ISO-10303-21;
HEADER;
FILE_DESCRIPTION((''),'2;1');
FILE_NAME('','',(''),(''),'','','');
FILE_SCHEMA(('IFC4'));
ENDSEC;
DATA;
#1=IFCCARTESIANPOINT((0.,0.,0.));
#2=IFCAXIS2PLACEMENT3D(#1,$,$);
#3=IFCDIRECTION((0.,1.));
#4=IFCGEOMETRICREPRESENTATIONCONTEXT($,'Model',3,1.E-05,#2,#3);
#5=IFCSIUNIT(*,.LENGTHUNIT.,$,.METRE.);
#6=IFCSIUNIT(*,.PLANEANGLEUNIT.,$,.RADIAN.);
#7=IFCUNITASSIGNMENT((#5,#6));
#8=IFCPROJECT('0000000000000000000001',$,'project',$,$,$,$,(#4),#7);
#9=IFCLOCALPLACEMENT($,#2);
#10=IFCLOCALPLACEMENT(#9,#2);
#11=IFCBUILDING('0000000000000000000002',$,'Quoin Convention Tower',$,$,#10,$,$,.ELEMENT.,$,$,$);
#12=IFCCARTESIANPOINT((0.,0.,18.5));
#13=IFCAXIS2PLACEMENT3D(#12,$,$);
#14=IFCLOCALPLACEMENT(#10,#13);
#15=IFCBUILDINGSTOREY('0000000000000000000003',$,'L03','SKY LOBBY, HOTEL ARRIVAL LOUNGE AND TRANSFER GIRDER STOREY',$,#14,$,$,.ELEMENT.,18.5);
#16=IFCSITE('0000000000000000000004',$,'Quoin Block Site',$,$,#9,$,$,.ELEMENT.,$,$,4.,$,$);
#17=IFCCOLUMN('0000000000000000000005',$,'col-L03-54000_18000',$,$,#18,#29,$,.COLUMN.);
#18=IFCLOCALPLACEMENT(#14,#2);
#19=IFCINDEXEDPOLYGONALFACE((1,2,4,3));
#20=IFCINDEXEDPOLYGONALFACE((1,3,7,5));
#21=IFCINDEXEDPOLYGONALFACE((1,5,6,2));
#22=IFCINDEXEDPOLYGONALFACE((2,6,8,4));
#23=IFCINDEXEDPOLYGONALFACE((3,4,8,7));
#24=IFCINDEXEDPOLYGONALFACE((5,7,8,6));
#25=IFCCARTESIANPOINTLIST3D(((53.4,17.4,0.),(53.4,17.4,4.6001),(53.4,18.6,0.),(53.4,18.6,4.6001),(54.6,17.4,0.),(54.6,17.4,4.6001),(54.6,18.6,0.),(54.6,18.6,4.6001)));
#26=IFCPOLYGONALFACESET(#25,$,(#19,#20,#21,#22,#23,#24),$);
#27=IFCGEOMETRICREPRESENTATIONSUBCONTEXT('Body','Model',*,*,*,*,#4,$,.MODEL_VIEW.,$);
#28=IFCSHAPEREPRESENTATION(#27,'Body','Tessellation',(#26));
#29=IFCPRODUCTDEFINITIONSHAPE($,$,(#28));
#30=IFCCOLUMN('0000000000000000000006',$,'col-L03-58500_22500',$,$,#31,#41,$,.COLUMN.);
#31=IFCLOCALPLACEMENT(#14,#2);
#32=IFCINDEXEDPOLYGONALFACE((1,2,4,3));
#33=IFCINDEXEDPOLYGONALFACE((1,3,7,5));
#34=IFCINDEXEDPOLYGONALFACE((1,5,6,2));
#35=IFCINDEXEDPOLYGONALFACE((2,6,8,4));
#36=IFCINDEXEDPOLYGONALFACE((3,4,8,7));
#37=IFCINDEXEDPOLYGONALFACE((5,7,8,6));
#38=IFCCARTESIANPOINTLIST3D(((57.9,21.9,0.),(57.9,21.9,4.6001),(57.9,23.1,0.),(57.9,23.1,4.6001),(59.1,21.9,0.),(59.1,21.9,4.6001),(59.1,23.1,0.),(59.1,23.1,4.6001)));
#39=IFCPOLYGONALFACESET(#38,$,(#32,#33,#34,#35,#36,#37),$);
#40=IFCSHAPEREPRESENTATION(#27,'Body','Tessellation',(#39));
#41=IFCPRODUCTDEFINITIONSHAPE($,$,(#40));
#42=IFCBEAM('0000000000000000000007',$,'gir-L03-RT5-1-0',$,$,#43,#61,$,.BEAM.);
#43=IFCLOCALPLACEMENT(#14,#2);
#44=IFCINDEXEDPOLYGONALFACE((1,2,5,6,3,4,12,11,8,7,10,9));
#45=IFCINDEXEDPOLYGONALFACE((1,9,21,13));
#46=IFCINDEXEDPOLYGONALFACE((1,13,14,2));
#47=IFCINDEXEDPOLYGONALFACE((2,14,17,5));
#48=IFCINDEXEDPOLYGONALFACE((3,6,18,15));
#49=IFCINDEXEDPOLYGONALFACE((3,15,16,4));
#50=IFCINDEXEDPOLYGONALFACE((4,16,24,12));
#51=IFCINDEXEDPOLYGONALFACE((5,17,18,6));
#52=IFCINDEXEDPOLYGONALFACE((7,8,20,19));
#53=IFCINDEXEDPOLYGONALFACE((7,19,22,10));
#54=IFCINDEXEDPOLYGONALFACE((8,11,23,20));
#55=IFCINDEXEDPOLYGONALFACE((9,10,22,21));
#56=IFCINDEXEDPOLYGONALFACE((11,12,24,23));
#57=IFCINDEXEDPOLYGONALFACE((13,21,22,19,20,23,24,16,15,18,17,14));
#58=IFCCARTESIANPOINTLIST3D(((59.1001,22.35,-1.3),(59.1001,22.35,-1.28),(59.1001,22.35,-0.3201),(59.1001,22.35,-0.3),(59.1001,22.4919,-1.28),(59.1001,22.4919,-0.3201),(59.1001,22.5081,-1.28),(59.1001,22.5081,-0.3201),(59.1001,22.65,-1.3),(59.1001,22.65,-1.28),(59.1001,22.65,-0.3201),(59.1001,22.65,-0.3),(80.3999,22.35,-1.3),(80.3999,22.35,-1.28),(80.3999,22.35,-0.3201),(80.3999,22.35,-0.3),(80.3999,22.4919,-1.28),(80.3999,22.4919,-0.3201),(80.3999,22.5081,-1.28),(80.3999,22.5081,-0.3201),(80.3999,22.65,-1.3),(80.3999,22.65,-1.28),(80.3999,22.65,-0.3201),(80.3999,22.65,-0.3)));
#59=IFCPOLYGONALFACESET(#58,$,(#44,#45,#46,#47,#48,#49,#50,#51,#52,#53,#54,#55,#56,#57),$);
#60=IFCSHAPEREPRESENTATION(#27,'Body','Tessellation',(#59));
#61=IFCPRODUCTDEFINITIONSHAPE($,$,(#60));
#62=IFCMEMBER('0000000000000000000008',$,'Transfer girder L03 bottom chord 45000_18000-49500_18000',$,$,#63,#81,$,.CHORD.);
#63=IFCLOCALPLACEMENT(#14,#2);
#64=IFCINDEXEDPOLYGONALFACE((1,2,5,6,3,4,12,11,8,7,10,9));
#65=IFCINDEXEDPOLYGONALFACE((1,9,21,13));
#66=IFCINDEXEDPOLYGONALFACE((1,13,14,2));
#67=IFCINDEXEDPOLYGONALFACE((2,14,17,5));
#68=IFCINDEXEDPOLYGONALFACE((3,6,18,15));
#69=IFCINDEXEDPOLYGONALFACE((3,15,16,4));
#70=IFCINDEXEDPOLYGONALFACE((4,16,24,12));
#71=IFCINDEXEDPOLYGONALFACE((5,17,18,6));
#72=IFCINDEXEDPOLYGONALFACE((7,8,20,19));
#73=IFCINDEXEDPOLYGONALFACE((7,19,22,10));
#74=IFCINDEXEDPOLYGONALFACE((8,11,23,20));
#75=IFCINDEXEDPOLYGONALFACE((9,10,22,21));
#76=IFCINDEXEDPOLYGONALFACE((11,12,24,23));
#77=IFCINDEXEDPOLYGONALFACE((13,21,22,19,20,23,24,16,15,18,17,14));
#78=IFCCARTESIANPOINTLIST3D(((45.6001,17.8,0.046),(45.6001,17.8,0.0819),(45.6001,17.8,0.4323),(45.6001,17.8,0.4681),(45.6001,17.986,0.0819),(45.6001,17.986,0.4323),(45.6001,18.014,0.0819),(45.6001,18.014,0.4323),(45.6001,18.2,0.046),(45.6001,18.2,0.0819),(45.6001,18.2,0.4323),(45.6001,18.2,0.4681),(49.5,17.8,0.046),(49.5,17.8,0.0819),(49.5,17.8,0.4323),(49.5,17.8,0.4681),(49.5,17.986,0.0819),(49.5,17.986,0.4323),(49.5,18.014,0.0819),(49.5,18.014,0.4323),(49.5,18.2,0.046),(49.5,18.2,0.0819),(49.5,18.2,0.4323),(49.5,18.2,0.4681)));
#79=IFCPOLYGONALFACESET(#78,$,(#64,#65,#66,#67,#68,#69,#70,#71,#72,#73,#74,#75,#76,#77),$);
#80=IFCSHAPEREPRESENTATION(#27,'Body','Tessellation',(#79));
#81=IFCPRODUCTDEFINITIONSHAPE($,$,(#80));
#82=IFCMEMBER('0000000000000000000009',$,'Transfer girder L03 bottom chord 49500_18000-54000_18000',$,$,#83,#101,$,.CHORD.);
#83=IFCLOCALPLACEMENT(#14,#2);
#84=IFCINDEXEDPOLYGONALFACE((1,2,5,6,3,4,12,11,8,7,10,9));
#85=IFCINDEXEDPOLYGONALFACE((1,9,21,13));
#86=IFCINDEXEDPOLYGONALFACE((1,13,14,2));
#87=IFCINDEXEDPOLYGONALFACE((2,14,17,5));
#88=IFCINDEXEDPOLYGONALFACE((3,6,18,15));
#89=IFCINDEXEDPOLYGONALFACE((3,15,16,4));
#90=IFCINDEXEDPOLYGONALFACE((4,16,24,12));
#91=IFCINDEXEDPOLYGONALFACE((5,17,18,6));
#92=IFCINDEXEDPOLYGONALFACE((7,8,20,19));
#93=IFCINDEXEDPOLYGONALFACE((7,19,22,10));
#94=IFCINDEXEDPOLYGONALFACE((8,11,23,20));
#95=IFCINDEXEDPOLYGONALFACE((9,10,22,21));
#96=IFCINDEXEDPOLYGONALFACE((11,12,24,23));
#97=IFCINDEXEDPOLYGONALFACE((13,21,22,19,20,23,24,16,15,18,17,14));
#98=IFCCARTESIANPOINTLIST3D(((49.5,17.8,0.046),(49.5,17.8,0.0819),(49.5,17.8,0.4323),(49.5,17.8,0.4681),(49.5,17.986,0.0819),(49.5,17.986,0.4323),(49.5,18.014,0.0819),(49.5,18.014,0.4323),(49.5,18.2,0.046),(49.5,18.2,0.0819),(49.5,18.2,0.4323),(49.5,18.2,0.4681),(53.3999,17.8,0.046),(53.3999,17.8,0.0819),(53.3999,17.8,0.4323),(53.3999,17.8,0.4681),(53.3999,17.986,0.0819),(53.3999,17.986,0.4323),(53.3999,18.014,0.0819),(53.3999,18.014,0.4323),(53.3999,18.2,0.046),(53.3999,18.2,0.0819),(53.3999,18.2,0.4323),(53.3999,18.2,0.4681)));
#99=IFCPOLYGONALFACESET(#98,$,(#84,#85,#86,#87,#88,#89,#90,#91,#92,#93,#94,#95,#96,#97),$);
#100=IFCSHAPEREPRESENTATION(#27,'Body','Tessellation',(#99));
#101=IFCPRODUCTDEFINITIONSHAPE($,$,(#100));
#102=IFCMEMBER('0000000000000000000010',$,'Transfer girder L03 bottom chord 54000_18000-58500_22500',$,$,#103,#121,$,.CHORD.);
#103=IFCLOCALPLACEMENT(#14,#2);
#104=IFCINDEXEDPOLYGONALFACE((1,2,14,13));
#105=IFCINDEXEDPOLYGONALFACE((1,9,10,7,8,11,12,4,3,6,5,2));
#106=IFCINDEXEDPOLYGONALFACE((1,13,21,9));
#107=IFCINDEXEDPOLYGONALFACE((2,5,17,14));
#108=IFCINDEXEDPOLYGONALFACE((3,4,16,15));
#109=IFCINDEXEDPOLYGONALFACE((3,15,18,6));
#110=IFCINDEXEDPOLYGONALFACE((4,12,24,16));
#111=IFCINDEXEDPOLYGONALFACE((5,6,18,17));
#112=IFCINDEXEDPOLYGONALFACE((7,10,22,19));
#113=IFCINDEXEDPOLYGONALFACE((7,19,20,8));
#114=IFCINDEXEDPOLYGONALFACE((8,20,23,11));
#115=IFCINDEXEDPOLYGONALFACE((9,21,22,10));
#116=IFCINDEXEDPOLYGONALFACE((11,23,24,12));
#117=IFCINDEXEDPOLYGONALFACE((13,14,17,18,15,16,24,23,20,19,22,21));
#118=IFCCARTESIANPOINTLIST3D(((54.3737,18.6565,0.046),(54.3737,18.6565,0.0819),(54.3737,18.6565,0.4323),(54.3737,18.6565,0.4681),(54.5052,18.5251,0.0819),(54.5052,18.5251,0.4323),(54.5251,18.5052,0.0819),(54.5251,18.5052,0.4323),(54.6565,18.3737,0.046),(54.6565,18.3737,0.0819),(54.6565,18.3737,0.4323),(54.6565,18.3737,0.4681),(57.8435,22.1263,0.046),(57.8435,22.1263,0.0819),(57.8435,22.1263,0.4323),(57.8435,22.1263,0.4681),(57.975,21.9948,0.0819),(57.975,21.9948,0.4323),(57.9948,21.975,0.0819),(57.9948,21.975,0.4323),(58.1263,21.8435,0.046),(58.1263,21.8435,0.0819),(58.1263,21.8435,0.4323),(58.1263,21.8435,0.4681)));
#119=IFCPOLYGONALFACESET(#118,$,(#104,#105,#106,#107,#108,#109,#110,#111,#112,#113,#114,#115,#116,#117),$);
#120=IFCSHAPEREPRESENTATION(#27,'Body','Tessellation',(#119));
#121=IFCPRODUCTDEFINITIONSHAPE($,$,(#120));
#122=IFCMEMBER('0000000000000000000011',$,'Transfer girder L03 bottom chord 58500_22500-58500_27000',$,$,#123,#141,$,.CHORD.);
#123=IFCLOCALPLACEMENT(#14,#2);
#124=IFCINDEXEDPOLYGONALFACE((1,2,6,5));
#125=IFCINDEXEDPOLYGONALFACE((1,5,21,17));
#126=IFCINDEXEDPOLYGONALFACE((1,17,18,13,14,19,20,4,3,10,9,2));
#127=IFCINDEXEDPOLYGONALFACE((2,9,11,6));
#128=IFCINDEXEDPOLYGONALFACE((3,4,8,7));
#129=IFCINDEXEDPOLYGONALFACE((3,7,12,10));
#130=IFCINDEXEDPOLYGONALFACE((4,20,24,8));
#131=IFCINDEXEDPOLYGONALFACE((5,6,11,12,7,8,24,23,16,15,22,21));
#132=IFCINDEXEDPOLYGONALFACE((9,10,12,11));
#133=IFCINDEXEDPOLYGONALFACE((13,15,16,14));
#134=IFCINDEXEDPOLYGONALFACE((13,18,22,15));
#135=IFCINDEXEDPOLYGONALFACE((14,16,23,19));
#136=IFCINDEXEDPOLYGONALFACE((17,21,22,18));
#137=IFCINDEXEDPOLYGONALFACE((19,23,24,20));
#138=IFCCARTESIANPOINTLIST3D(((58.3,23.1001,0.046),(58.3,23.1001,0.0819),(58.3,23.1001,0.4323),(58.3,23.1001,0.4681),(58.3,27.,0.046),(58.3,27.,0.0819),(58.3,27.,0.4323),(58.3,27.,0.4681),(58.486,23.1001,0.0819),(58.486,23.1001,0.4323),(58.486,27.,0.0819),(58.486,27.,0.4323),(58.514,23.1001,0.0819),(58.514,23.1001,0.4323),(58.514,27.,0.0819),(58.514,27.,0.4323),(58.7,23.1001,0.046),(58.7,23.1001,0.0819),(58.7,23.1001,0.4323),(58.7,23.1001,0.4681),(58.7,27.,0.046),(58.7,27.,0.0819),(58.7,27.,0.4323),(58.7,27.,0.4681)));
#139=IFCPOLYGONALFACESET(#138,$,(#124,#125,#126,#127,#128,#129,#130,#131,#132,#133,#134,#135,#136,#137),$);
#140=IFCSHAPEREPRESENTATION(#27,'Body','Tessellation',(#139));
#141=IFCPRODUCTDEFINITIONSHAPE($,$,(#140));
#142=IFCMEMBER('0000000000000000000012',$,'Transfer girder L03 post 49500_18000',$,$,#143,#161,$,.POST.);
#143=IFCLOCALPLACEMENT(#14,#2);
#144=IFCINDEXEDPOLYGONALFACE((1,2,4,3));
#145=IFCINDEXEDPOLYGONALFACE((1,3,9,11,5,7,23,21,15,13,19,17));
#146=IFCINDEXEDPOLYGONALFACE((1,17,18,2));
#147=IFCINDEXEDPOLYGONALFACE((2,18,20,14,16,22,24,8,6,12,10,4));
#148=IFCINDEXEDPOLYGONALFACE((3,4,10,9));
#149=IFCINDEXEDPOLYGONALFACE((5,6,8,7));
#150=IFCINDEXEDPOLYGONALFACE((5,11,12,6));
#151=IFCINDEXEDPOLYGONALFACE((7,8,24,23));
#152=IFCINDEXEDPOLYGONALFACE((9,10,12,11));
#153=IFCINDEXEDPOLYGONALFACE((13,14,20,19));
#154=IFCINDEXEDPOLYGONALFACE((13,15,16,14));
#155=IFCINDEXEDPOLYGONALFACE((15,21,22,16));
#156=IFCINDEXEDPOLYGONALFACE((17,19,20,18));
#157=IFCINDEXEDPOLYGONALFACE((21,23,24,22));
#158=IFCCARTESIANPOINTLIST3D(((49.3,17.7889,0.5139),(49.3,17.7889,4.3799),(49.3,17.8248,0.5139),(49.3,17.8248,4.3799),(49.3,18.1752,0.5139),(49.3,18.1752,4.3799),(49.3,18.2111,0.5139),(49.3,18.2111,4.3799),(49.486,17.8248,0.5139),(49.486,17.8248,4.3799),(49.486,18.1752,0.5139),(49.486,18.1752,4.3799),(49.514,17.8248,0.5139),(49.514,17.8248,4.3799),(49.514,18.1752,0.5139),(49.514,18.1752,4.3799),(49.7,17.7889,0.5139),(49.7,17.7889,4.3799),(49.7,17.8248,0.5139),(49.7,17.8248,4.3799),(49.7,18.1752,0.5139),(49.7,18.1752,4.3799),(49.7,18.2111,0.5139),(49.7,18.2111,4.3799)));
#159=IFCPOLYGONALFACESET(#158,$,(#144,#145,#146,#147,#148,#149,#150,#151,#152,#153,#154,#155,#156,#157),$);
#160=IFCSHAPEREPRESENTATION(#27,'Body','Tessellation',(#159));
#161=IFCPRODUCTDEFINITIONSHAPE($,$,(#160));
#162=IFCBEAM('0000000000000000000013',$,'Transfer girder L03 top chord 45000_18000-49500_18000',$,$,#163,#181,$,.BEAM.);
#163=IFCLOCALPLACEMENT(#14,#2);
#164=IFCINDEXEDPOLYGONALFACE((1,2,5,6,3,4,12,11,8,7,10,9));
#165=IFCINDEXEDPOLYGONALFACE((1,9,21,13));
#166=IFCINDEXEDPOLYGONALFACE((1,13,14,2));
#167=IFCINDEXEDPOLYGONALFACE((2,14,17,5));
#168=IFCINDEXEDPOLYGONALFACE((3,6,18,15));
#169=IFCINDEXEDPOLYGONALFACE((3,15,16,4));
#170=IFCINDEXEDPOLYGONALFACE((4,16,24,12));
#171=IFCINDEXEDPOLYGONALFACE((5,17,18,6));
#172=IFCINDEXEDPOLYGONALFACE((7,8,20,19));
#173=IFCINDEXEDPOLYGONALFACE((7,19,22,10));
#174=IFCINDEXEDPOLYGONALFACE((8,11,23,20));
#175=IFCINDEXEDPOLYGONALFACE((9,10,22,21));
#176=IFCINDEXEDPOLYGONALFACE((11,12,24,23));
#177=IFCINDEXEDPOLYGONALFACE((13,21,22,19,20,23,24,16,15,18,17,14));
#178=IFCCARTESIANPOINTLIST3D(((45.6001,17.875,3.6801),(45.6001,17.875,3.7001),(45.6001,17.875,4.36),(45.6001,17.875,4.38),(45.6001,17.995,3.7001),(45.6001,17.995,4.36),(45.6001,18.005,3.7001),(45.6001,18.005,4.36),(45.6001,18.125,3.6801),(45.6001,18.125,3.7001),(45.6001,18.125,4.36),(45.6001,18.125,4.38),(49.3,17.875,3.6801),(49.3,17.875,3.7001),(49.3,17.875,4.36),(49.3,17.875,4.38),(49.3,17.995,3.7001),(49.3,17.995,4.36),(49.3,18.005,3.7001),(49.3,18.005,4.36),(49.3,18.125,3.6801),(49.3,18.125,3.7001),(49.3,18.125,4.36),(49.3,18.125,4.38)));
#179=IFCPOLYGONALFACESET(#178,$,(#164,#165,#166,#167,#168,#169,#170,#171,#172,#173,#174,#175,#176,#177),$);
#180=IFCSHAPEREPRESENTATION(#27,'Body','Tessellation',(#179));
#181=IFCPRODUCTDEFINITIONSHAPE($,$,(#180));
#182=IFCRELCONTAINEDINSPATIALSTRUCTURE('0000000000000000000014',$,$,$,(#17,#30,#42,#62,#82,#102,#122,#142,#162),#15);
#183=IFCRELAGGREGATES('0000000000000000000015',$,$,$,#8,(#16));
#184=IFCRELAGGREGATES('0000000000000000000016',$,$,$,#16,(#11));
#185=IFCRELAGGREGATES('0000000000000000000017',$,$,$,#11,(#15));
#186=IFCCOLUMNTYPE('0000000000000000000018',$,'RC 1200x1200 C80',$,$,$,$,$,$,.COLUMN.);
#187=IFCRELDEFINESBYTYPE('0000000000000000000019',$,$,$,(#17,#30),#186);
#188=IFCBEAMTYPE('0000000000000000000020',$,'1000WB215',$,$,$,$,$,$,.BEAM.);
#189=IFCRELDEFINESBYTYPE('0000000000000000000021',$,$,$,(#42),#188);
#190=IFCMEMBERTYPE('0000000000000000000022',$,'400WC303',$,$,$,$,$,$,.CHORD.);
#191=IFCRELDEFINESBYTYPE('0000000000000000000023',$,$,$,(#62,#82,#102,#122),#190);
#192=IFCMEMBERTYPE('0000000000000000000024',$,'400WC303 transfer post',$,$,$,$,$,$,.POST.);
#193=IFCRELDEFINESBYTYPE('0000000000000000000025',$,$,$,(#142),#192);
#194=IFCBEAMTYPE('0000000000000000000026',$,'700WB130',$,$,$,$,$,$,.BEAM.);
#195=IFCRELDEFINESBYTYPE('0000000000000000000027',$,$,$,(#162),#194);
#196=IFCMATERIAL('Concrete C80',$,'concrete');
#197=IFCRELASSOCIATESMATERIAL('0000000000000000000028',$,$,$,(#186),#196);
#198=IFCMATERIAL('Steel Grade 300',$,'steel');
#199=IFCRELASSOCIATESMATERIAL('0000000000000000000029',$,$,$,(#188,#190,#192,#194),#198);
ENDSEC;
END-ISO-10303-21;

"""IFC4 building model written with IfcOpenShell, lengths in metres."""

from ifc_helpers import new_model, si_unit, direction, frame, origin, origin_2d, place, context, subcontext, project, spatial, rectangle, i_section, extrude, material, material_profile, profile_set, type_object, element, save


model = new_model("IFC4")

# Units and contexts
model_context = context("Model", 3, precision=1e-05, world=origin(), true_north=direction((0.0, 1.0)))
body_context = subcontext(model_context, "Body", "Model", "MODEL_VIEW")
ifc_project = project(units=[si_unit("LENGTHUNIT", "METRE"), si_unit("PLANEANGLEUNIT", "RADIAN")], contexts=[model_context])

# Site, building, storey
site_placement = place(None, origin())
site = spatial("IfcSite", under=ifc_project, at=site_placement, Name="Quoin Block Site", CompositionType="ELEMENT", RefElevation=4.0)
building_placement = place(site_placement, origin())
building = spatial("IfcBuilding", under=site, at=building_placement, Name="Quoin Convention Tower", CompositionType="ELEMENT")
storey_placement = place(building_placement, frame((0.0, 0.0, 18.5)))
storey = spatial("IfcBuildingStorey", under=building, at=storey_placement, Name="L03", Description="SKY LOBBY, HOTEL ARRIVAL LOUNGE AND TRANSFER GIRDER STOREY", CompositionType="ELEMENT", Elevation=18.5)

# Columns
ifc_material_1 = material(Name="Concrete C80", Category="concrete")
ifc_material_profile_1 = material_profile(ifc_material_1, rectangle(XDim=1.2, YDim=1.2, at=origin_2d()), Name="RC 1200x1200")
ifc_profile_set_1 = profile_set([ifc_material_profile_1], Name="Concrete C80")
column_type = type_object("IfcColumnType", Name="RC 1200x1200 C80", PredefinedType="COLUMN", material=ifc_profile_set_1)
for number, where, z_axis, x_axis, name in (
    (1, (54.0, 18.0, 0.0), (0.0, 0.0, 1.0), (1.0, 0.0, 0.0), "col-L03-54000_18000"),
    (2, (58.5, 22.5, 0.0), (0.0, 0.0, 1.0), (1.0, 0.0, 0.0), "col-L03-58500_22500"),
):
    element("IfcColumn", number, at=place(storey_placement, frame(where, z_axis=z_axis, x_axis=x_axis)), inside=storey, type_object=column_type, Name=name, PredefinedType="COLUMN", context=body_context, shape_type="SweptSolid", body=[
        extrude(rectangle(XDim=1.2, YDim=1.2, at=origin_2d()), origin(), (0.0, 0.0, 1.0), 4.6001),
    ])

# Beam
ifc_material_2 = material(Name="Steel Grade 300", Category="steel")
ifc_material_profile_2 = material_profile(ifc_material_2, i_section(OverallWidth=0.3, OverallDepth=1.0, WebThickness=0.0161, FlangeThickness=0.02, at=origin_2d()), Name="1000WB215")
ifc_profile_set_2 = profile_set([ifc_material_profile_2], Name="Steel Grade 300")
beam_type_1 = type_object("IfcBeamType", Name="1000WB215", PredefinedType="BEAM", material=ifc_profile_set_2)
beam_1_placement = place(storey_placement, frame((59.1001, 22.5, -0.8), z_axis=(1.0, 0.0, 0.0), x_axis=(0.0, 1.0, 0.0)))
element("IfcBeam", 3, at=beam_1_placement, inside=storey, type_object=beam_type_1, Name="gir-L03-RT5-1-0", PredefinedType="BEAM", context=body_context, shape_type="SweptSolid", body=[
    extrude(i_section(OverallWidth=0.3, OverallDepth=1.0, WebThickness=0.0161, FlangeThickness=0.02, at=origin_2d()), origin(), (0.0, 0.0, 1.0), 21.2998),
])

# Members
ifc_material_profile_3 = material_profile(ifc_material_2, i_section(OverallWidth=0.3999, OverallDepth=0.4221, WebThickness=0.0281, FlangeThickness=0.0359, at=origin_2d()), Name="400WC303")
ifc_profile_set_3 = profile_set([ifc_material_profile_3], Name="Steel Grade 300")
member_type_1 = type_object("IfcMemberType", Name="400WC303", PredefinedType="CHORD", material=ifc_profile_set_3)
for number, where, z_axis, x_axis, name in (
    (4, (45.6001, 18.0, 0.2571), (1.0, 0.0, 0.0), (0.0, 1.0, 0.0), "Transfer girder L03 bottom chord 45000_18000-49500_18000"),
    (5, (49.5, 18.0, 0.2571), (1.0, 0.0, 0.0), (0.0, 1.0, 0.0), "Transfer girder L03 bottom chord 49500_18000-54000_18000"),
):
    element("IfcMember", number, at=place(storey_placement, frame(where, z_axis=z_axis, x_axis=x_axis)), inside=storey, type_object=member_type_1, Name=name, PredefinedType="CHORD", context=body_context, shape_type="SweptSolid", body=[
        extrude(i_section(OverallWidth=0.3999, OverallDepth=0.4221, WebThickness=0.0281, FlangeThickness=0.0359, at=origin_2d()), origin(), (0.0, 0.0, 1.0), 3.8999),
    ])
member_1_placement = place(storey_placement, frame((54.5151, 18.5151, 0.2571), z_axis=(0.707107, 0.707107, 0.0), x_axis=(-0.707107, 0.707107, 0.0)))
element("IfcMember", 6, at=member_1_placement, inside=storey, type_object=member_type_1, Name="Transfer girder L03 bottom chord 54000_18000-58500_22500", PredefinedType="CHORD", context=body_context, shape_type="SweptSolid", body=[
    extrude(i_section(OverallWidth=0.3999, OverallDepth=0.4221, WebThickness=0.0281, FlangeThickness=0.0359, at=origin_2d()), origin(), (0.0, 0.0, 1.0), 4.907),
])
member_2_placement = place(storey_placement, frame((58.5, 23.1001, 0.2571), z_axis=(0.0, 1.0, 0.0), x_axis=(-1.0, 0.0, 0.0)))
element("IfcMember", 7, at=member_2_placement, inside=storey, type_object=member_type_1, Name="Transfer girder L03 bottom chord 58500_22500-58500_27000", PredefinedType="CHORD", context=body_context, shape_type="SweptSolid", body=[
    extrude(i_section(OverallWidth=0.3999, OverallDepth=0.4221, WebThickness=0.0281, FlangeThickness=0.0359, at=origin_2d()), origin(), (0.0, 0.0, 1.0), 3.8999),
])
ifc_material_profile_4 = material_profile(ifc_material_2, i_section(OverallWidth=0.3999, OverallDepth=0.4221, WebThickness=0.0281, FlangeThickness=0.0359, at=origin_2d()), Name="400WC303")
ifc_profile_set_4 = profile_set([ifc_material_profile_4], Name="Steel Grade 300")
member_type_2 = type_object("IfcMemberType", Name="400WC303 transfer post", PredefinedType="POST", material=ifc_profile_set_4)
member_3_placement = place(storey_placement, frame((49.5, 18.0, 0.5139), z_axis=(0.0, 0.0, 1.0), x_axis=(1.0, 0.0, 0.0)))
element("IfcMember", 8, at=member_3_placement, inside=storey, type_object=member_type_2, Name="Transfer girder L03 post 49500_18000", PredefinedType="POST", context=body_context, shape_type="SweptSolid", body=[
    extrude(i_section(OverallWidth=0.3999, OverallDepth=0.4221, WebThickness=0.0281, FlangeThickness=0.0359, at=origin_2d()), origin(), (0.0, 0.0, 1.0), 3.866),
])

# Beam
ifc_material_profile_5 = material_profile(ifc_material_2, i_section(OverallWidth=0.25, OverallDepth=0.7, WebThickness=0.01, FlangeThickness=0.02, at=origin_2d()), Name="700WB130")
ifc_profile_set_5 = profile_set([ifc_material_profile_5], Name="Steel Grade 300")
beam_type_2 = type_object("IfcBeamType", Name="700WB130", PredefinedType="BEAM", material=ifc_profile_set_5)
for number, where, z_axis, x_axis, name in (
    (9, (45.6001, 18.0, 4.03), (1.0, 0.0, 0.0), (0.0, 1.0, 0.0), "Transfer girder L03 top chord 45000_18000-49500_18000"),
):
    element("IfcBeam", number, at=place(storey_placement, frame(where, z_axis=z_axis, x_axis=x_axis)), inside=storey, type_object=beam_type_2, Name=name, PredefinedType="BEAM", context=body_context, shape_type="SweptSolid", body=[
        extrude(i_section(OverallWidth=0.25, OverallDepth=0.7, WebThickness=0.01, FlangeThickness=0.02, at=origin_2d()), origin(), (0.0, 0.0, 1.0), 3.7),
    ])

save(model, "model.ifc")
